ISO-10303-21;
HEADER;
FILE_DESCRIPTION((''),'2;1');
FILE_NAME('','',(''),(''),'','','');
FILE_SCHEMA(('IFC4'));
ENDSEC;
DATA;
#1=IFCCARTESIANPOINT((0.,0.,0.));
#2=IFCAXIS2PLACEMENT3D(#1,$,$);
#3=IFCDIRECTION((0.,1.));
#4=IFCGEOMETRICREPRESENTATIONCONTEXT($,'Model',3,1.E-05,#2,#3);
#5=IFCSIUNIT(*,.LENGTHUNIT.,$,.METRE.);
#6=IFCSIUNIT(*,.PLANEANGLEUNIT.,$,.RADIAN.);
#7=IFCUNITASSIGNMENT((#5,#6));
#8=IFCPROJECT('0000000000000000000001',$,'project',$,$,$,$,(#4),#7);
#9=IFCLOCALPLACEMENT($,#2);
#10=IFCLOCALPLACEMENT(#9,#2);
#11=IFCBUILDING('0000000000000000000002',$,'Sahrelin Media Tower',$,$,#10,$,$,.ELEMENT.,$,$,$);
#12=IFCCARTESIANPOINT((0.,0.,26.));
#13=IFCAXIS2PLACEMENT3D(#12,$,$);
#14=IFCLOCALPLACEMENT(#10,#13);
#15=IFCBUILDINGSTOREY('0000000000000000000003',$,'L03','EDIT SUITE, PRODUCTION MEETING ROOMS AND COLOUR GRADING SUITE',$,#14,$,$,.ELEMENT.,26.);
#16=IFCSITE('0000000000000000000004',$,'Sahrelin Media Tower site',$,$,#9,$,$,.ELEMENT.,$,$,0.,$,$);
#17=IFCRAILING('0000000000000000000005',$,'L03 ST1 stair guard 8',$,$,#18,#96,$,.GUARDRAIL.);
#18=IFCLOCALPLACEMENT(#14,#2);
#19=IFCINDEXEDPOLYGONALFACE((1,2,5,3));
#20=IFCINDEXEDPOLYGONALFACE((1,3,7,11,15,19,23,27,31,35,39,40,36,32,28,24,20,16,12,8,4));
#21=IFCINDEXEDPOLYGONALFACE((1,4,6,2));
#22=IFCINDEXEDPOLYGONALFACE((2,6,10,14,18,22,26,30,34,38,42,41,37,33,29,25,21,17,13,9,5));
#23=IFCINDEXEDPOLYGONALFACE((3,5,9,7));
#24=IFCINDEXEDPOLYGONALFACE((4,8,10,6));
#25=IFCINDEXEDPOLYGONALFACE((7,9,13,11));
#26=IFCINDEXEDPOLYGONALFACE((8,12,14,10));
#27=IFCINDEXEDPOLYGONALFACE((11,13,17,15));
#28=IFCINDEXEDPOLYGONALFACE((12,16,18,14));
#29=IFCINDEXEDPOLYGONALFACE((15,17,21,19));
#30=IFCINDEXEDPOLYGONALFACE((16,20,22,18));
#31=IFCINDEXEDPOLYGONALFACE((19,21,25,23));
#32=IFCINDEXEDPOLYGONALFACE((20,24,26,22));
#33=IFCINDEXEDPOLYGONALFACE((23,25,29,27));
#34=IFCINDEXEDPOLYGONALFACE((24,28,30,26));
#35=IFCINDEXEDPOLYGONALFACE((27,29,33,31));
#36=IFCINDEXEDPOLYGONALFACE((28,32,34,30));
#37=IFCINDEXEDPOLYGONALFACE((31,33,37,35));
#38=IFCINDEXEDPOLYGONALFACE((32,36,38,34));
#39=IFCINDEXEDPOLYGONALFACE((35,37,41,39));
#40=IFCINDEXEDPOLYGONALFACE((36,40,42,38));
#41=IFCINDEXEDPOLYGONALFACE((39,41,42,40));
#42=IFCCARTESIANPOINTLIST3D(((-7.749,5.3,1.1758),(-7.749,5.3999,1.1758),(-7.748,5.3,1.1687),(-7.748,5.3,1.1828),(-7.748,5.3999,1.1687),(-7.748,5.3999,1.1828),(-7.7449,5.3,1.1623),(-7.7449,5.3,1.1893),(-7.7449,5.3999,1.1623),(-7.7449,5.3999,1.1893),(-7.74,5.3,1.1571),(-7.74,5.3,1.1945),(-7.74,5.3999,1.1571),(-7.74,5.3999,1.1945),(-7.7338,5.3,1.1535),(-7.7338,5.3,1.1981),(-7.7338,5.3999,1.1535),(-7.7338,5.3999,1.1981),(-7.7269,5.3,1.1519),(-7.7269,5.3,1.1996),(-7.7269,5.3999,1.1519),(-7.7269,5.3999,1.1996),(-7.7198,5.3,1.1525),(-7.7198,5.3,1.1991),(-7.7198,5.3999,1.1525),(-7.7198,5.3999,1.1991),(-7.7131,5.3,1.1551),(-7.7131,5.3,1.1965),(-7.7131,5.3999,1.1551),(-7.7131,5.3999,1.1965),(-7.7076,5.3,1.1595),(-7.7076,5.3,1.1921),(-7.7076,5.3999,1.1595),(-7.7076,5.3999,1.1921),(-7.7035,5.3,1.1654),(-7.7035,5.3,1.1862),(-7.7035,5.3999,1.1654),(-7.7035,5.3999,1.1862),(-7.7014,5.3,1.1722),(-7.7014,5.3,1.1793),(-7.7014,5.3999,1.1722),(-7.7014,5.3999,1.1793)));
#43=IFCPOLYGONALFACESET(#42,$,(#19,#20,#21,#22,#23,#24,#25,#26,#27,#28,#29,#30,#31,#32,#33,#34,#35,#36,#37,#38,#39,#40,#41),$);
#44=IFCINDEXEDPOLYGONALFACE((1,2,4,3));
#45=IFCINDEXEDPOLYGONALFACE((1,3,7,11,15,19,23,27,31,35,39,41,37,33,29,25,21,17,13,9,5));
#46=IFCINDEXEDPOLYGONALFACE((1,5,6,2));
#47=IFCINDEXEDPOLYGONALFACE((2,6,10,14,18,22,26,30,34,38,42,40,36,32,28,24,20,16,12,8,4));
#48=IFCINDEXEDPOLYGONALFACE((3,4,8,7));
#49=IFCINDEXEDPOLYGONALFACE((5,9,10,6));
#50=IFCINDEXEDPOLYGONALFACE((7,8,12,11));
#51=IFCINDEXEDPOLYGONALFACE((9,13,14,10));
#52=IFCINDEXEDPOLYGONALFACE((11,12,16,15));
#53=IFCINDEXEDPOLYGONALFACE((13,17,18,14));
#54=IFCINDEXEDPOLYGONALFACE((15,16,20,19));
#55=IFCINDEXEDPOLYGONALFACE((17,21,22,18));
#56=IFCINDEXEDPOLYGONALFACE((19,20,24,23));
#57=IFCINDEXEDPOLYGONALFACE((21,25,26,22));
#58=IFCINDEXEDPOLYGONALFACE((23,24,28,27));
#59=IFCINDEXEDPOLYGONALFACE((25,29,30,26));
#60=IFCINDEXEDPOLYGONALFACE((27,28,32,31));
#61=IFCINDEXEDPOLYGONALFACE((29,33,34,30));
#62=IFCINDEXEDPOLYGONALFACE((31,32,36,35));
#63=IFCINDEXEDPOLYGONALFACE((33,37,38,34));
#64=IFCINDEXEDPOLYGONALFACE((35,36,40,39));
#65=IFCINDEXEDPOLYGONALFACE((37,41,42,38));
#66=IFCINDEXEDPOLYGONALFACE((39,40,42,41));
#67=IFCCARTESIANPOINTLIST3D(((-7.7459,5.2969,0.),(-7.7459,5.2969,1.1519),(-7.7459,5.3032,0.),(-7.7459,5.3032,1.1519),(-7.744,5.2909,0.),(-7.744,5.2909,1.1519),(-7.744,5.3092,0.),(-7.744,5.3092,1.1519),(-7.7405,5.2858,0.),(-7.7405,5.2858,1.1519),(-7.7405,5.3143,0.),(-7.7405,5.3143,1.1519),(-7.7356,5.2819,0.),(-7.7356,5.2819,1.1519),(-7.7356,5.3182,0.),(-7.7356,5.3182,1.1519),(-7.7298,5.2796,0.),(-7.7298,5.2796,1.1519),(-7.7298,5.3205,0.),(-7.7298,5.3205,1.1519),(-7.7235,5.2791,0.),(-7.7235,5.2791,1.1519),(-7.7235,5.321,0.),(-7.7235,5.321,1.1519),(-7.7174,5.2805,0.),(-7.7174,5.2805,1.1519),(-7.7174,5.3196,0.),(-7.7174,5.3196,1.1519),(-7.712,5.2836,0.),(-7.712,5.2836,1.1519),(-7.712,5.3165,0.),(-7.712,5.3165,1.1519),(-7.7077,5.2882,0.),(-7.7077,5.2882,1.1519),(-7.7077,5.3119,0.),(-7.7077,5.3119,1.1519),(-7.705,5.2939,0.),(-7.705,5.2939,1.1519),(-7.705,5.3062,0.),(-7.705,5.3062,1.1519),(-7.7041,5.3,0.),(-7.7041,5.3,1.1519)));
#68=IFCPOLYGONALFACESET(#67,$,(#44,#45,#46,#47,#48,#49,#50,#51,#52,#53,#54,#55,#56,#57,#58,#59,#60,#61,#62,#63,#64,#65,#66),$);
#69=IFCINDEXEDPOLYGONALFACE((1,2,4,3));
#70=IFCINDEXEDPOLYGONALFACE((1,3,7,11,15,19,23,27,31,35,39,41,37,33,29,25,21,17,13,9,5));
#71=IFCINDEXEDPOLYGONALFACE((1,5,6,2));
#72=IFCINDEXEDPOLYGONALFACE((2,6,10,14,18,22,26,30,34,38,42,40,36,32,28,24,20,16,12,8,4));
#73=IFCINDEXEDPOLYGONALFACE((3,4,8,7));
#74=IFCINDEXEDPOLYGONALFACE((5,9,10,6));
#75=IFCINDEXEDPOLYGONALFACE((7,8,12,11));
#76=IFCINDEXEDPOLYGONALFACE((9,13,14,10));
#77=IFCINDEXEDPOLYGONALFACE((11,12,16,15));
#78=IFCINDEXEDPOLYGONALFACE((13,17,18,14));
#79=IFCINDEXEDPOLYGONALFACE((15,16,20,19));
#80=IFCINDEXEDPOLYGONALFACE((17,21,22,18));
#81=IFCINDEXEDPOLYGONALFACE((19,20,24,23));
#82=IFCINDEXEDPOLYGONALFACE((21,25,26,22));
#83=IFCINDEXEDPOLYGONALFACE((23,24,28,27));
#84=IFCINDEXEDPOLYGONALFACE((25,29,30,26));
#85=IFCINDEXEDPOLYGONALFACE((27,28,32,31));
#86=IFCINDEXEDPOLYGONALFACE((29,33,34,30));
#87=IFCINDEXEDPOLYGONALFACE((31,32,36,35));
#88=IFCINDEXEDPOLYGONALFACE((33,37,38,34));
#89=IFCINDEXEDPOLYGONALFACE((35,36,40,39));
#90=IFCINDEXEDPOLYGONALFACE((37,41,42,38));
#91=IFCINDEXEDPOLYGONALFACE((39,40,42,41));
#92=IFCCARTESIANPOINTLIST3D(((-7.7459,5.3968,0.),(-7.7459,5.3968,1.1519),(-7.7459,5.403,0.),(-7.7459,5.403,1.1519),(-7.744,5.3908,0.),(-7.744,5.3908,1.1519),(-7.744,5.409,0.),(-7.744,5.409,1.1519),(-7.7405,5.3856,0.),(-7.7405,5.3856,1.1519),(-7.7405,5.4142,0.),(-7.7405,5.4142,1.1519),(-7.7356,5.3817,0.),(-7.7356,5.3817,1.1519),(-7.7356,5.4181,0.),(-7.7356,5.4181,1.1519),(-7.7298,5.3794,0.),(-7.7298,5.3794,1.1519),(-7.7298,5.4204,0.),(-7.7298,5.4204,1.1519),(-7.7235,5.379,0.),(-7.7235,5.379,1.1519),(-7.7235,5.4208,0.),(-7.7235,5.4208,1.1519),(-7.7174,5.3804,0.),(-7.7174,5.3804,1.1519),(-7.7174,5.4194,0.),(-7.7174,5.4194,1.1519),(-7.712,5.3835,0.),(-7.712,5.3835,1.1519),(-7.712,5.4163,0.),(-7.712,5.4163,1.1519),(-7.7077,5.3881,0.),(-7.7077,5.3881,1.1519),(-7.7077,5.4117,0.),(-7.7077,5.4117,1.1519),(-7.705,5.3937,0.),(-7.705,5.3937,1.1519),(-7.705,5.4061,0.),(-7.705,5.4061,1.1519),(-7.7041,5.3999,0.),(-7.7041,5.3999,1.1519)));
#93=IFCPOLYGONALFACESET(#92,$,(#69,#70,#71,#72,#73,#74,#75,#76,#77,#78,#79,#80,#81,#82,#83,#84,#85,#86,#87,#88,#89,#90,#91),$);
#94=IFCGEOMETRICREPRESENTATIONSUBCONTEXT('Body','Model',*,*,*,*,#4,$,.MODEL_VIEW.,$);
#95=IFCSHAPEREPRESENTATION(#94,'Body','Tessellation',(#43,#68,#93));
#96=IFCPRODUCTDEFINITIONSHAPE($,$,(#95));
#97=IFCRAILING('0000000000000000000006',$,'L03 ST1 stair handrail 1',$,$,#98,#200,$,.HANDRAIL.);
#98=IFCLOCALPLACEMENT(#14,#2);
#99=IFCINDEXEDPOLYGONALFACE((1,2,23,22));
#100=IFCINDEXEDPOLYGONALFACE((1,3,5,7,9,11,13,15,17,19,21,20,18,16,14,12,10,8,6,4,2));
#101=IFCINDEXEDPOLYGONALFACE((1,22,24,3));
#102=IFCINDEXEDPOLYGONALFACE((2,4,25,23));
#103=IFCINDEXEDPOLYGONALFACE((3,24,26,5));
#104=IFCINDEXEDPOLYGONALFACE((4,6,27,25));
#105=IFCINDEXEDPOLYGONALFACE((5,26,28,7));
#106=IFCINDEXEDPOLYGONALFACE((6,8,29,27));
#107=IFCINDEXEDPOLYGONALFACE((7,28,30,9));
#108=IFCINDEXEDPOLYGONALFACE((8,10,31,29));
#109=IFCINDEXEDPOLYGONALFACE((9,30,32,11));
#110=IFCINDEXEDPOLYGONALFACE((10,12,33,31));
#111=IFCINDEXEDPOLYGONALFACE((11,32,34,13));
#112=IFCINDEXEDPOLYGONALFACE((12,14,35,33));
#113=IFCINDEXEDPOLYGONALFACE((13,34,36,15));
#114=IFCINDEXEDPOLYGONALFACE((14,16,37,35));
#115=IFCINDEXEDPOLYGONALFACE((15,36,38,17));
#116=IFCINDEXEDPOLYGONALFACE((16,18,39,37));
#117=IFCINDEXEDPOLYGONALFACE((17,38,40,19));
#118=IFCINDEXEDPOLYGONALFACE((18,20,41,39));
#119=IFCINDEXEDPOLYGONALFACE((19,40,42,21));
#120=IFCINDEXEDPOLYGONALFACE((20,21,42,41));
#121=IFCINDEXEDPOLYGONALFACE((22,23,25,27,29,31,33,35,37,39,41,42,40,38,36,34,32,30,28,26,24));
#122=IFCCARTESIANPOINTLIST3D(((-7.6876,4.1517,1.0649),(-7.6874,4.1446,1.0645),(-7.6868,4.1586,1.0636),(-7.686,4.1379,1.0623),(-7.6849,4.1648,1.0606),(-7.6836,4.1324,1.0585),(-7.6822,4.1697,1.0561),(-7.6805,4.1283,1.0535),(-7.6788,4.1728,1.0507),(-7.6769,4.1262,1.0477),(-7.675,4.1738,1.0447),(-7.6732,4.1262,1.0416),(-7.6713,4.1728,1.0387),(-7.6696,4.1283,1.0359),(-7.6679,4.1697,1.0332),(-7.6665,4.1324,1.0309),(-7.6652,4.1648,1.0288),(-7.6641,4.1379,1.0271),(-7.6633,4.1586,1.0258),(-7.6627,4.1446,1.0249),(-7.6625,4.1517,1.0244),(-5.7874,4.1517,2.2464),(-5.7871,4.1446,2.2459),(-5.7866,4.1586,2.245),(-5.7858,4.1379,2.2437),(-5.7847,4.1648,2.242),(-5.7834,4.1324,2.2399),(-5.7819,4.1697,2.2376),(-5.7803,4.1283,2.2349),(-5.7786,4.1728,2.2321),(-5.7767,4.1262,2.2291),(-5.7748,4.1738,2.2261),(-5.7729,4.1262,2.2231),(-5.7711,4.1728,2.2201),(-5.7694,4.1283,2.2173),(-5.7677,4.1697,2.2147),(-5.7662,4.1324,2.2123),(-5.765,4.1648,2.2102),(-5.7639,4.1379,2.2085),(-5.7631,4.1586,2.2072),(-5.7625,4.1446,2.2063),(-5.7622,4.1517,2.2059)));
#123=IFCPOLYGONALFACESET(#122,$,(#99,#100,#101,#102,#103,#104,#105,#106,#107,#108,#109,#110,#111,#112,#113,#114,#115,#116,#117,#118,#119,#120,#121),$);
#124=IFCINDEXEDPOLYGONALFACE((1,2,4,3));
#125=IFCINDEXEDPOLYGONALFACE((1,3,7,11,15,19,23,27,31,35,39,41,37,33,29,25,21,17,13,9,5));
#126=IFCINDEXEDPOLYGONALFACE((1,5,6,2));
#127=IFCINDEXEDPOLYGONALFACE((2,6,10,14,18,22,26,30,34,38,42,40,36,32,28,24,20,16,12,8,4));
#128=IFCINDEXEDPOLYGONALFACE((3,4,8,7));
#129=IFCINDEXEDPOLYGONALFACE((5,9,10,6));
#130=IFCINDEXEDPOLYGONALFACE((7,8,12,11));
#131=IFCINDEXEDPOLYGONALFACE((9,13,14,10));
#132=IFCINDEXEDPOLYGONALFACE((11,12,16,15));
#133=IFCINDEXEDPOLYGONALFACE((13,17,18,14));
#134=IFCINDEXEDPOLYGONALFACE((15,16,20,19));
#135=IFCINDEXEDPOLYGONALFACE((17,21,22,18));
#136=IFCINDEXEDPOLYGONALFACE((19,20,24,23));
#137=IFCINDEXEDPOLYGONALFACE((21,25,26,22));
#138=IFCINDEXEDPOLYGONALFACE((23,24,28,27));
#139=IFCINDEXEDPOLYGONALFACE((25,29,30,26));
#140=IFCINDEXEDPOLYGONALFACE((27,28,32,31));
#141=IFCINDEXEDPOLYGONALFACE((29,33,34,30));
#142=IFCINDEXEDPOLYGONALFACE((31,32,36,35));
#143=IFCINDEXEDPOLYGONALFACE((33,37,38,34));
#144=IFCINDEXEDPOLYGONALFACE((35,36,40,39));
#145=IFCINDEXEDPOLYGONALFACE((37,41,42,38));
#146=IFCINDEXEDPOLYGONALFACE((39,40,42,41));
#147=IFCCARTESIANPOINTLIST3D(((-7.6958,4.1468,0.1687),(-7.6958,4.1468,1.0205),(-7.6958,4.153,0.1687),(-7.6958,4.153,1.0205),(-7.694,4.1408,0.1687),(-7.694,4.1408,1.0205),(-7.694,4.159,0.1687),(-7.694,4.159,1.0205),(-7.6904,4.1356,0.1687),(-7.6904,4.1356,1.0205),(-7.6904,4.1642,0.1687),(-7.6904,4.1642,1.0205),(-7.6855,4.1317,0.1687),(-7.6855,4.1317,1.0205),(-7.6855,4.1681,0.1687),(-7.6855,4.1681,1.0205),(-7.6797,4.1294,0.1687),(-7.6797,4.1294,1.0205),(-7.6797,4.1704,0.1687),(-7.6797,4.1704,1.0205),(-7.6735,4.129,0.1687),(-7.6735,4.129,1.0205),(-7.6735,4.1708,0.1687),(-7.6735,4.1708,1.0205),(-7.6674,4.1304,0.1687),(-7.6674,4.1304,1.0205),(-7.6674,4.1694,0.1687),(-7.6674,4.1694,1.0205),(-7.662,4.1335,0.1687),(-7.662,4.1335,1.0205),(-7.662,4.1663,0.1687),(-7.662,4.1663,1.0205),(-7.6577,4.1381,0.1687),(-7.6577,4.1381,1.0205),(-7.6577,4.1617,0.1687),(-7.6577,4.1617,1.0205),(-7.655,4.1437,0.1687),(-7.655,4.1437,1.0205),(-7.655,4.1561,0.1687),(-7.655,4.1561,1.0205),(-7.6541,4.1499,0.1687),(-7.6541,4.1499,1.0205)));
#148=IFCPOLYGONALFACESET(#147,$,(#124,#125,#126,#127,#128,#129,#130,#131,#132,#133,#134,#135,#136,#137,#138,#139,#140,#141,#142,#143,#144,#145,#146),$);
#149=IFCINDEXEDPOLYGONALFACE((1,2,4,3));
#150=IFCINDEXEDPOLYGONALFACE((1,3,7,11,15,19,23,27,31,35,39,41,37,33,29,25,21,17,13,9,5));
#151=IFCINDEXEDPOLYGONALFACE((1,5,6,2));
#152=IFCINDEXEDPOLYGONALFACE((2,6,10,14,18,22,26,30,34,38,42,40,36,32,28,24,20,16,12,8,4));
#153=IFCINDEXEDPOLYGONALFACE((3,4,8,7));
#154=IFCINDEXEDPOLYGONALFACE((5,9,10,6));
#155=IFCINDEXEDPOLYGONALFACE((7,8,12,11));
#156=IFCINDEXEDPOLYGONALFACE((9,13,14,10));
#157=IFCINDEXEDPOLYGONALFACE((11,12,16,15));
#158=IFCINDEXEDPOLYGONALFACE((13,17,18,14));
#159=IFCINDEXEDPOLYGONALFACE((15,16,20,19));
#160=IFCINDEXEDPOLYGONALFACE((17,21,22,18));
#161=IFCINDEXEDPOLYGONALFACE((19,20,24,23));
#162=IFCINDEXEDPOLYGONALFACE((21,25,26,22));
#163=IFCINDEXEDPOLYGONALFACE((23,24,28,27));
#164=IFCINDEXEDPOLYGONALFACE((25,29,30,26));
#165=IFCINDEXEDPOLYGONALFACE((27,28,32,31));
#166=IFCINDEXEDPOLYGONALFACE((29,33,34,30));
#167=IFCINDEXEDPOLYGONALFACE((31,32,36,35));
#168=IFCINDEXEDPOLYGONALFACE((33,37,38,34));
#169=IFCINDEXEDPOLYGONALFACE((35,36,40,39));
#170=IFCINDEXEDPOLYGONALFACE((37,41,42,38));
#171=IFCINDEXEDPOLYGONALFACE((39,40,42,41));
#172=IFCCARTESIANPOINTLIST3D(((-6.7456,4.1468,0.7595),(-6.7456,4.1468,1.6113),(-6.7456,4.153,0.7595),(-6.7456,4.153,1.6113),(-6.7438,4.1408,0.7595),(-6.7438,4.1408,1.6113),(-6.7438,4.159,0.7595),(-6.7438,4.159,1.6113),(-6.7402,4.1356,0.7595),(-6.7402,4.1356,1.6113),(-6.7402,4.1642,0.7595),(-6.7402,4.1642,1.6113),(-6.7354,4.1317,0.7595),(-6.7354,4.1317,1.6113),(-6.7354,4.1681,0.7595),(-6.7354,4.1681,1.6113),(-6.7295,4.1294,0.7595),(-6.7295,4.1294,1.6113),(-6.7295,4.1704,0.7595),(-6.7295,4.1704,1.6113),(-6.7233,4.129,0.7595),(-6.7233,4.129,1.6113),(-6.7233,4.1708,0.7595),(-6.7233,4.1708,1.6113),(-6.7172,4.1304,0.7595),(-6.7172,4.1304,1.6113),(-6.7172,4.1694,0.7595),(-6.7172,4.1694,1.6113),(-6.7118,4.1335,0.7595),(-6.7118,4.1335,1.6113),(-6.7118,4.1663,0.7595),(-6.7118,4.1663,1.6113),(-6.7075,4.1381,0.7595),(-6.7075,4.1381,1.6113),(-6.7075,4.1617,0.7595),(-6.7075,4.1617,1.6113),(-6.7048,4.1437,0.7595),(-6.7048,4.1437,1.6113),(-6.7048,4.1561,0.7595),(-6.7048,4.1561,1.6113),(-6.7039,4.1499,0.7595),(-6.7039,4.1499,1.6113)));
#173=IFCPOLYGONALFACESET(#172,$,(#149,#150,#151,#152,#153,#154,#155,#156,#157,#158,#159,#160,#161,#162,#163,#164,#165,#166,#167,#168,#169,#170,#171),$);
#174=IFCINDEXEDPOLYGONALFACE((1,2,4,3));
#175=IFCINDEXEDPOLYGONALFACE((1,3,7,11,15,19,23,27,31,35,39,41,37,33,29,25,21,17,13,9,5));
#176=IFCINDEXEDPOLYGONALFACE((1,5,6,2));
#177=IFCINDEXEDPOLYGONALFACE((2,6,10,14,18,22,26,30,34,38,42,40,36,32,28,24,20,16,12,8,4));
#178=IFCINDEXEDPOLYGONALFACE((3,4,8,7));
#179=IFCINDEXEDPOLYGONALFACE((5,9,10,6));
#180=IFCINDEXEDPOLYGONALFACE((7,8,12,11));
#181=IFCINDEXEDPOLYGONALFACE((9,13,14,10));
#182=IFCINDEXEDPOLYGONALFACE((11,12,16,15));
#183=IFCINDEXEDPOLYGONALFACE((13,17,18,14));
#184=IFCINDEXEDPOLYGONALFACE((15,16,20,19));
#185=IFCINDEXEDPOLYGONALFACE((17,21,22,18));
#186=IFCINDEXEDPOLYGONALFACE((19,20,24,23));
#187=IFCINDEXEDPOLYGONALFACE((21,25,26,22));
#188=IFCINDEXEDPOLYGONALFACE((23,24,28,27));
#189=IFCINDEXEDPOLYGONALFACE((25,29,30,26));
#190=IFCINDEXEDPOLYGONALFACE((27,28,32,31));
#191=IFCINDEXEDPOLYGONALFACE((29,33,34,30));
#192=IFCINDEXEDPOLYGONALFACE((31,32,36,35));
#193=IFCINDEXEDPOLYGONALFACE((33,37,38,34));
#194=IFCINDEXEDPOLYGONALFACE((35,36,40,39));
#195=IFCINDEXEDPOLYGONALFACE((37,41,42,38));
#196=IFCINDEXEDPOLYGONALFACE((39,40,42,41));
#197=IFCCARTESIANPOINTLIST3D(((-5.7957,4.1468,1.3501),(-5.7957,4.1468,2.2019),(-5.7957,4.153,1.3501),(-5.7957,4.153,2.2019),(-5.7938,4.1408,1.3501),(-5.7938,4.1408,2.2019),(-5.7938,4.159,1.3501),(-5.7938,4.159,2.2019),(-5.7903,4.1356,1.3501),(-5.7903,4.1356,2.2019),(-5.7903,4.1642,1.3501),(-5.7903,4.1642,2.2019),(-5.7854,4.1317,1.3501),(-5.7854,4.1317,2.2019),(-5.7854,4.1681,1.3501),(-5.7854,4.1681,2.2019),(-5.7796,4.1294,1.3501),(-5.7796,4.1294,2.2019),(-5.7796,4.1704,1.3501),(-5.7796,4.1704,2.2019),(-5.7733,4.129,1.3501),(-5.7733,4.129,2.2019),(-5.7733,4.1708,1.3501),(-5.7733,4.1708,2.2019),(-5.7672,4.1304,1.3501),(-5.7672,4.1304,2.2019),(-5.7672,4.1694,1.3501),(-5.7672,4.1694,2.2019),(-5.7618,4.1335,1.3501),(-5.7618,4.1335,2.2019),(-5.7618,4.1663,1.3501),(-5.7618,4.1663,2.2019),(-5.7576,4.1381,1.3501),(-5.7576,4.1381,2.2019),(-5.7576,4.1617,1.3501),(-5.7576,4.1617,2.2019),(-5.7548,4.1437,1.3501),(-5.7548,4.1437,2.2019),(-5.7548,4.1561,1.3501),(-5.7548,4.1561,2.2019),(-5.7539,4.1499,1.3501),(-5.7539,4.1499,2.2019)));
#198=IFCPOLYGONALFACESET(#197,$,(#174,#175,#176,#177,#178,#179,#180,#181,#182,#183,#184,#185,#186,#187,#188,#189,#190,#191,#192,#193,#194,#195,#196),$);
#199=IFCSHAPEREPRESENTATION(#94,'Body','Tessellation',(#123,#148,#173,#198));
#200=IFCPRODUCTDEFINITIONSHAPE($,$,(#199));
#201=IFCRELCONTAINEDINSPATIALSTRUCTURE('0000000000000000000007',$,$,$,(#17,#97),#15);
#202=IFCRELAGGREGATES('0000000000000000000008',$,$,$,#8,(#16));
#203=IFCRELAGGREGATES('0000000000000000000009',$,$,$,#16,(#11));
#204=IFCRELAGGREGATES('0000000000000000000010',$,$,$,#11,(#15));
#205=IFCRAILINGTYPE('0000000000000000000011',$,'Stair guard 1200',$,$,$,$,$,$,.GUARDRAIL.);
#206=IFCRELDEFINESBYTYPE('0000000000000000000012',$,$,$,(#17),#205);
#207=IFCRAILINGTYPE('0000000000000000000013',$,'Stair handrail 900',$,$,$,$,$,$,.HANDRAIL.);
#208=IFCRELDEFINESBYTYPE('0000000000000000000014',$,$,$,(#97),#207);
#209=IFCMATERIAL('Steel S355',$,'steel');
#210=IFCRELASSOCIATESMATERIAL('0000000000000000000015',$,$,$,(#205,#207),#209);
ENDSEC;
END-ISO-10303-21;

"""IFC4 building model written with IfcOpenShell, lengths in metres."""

from ifc_helpers import new_model, si_unit, direction, frame, origin, origin_2d, place, context, subcontext, project, spatial, circle, extrude, material, type_object, element, save


model = new_model("IFC4")

# Units and contexts
model_context = context("Model", 3, precision=1e-05, world=origin(), true_north=direction((0.0, 1.0)))
body_context = subcontext(model_context, "Body", "Model", "MODEL_VIEW")
ifc_project = project(units=[si_unit("LENGTHUNIT", "METRE"), si_unit("PLANEANGLEUNIT", "RADIAN")], contexts=[model_context])

# Site, building, storey
site_placement = place(None, origin())
site = spatial("IfcSite", under=ifc_project, at=site_placement, Name="Sahrelin Media Tower site", CompositionType="ELEMENT", RefElevation=0.0)
building_placement = place(site_placement, origin())
building = spatial("IfcBuilding", under=site, at=building_placement, Name="Sahrelin Media Tower", CompositionType="ELEMENT")
storey_placement = place(building_placement, frame((0.0, 0.0, 26.0)))
storey = spatial("IfcBuildingStorey", under=building, at=storey_placement, Name="L03", Description="EDIT SUITE, PRODUCTION MEETING ROOMS AND COLOUR GRADING SUITE", CompositionType="ELEMENT", Elevation=26.0)

# Shared definitions
ifc_material_1 = material(Name="Steel S355", Category="steel")

# Railings
railing_type_1 = type_object("IfcRailingType", Name="Stair guard 1200", PredefinedType="GUARDRAIL", material=ifc_material_1)
for number, where, name in (
    (1, (-7.7251, 5.3, 0.0), "L03 ST1 stair guard 8"),
):
    element("IfcRailing", number, at=place(storey_placement, frame(where)), inside=storey, type_object=railing_type_1, Name=name, PredefinedType="GUARDRAIL", context=body_context, shape_type="SweptSolid", body=[
        extrude(circle(Radius=0.0239, at=origin_2d()), frame((0.0, 0.0, 1.1758), z_axis=(0.0, 1.0, 0.0), x_axis=(-1.0, 0.0, 0.0)), (0.0, 0.0, 1.0), 0.0999),
        extrude(circle(Radius=0.021, at=origin_2d()), origin(), (0.0, 0.0, 1.0), 1.1519),
        extrude(circle(Radius=0.021, at=origin_2d()), frame((0.0, 0.0999, 0.0)), (0.0, 0.0, 1.0), 1.1519),
    ])
railing_type_2 = type_object("IfcRailingType", Name="Stair handrail 900", PredefinedType="HANDRAIL", material=ifc_material_1)
for number, where, name in (
    (2, (-7.675, 4.1499, 0.1687), "L03 ST1 stair handrail 1"),
):
    element("IfcRailing", number, at=place(storey_placement, frame(where)), inside=storey, type_object=railing_type_2, Name=name, PredefinedType="HANDRAIL", context=body_context, shape_type="SweptSolid", body=[
        extrude(circle(Radius=0.0239, at=origin_2d()), frame((0.0, 0.0, 0.876), z_axis=(0.84924, 0.0, 0.528006), x_axis=(0.0, 1.0, 0.0)), (0.0, 0.0, 1.0), 2.2375),
        extrude(circle(Radius=0.021, at=origin_2d()), origin(), (0.0, 0.0, 1.0), 0.8518),
        extrude(circle(Radius=0.021, at=origin_2d()), frame((0.9502, 0.0, 0.5908)), (0.0, 0.0, 1.0), 0.8518),
        extrude(circle(Radius=0.021, at=origin_2d()), frame((1.9001, 0.0, 1.1814)), (0.0, 0.0, 1.0), 0.8518),
    ])

save(model, "model.ifc")
